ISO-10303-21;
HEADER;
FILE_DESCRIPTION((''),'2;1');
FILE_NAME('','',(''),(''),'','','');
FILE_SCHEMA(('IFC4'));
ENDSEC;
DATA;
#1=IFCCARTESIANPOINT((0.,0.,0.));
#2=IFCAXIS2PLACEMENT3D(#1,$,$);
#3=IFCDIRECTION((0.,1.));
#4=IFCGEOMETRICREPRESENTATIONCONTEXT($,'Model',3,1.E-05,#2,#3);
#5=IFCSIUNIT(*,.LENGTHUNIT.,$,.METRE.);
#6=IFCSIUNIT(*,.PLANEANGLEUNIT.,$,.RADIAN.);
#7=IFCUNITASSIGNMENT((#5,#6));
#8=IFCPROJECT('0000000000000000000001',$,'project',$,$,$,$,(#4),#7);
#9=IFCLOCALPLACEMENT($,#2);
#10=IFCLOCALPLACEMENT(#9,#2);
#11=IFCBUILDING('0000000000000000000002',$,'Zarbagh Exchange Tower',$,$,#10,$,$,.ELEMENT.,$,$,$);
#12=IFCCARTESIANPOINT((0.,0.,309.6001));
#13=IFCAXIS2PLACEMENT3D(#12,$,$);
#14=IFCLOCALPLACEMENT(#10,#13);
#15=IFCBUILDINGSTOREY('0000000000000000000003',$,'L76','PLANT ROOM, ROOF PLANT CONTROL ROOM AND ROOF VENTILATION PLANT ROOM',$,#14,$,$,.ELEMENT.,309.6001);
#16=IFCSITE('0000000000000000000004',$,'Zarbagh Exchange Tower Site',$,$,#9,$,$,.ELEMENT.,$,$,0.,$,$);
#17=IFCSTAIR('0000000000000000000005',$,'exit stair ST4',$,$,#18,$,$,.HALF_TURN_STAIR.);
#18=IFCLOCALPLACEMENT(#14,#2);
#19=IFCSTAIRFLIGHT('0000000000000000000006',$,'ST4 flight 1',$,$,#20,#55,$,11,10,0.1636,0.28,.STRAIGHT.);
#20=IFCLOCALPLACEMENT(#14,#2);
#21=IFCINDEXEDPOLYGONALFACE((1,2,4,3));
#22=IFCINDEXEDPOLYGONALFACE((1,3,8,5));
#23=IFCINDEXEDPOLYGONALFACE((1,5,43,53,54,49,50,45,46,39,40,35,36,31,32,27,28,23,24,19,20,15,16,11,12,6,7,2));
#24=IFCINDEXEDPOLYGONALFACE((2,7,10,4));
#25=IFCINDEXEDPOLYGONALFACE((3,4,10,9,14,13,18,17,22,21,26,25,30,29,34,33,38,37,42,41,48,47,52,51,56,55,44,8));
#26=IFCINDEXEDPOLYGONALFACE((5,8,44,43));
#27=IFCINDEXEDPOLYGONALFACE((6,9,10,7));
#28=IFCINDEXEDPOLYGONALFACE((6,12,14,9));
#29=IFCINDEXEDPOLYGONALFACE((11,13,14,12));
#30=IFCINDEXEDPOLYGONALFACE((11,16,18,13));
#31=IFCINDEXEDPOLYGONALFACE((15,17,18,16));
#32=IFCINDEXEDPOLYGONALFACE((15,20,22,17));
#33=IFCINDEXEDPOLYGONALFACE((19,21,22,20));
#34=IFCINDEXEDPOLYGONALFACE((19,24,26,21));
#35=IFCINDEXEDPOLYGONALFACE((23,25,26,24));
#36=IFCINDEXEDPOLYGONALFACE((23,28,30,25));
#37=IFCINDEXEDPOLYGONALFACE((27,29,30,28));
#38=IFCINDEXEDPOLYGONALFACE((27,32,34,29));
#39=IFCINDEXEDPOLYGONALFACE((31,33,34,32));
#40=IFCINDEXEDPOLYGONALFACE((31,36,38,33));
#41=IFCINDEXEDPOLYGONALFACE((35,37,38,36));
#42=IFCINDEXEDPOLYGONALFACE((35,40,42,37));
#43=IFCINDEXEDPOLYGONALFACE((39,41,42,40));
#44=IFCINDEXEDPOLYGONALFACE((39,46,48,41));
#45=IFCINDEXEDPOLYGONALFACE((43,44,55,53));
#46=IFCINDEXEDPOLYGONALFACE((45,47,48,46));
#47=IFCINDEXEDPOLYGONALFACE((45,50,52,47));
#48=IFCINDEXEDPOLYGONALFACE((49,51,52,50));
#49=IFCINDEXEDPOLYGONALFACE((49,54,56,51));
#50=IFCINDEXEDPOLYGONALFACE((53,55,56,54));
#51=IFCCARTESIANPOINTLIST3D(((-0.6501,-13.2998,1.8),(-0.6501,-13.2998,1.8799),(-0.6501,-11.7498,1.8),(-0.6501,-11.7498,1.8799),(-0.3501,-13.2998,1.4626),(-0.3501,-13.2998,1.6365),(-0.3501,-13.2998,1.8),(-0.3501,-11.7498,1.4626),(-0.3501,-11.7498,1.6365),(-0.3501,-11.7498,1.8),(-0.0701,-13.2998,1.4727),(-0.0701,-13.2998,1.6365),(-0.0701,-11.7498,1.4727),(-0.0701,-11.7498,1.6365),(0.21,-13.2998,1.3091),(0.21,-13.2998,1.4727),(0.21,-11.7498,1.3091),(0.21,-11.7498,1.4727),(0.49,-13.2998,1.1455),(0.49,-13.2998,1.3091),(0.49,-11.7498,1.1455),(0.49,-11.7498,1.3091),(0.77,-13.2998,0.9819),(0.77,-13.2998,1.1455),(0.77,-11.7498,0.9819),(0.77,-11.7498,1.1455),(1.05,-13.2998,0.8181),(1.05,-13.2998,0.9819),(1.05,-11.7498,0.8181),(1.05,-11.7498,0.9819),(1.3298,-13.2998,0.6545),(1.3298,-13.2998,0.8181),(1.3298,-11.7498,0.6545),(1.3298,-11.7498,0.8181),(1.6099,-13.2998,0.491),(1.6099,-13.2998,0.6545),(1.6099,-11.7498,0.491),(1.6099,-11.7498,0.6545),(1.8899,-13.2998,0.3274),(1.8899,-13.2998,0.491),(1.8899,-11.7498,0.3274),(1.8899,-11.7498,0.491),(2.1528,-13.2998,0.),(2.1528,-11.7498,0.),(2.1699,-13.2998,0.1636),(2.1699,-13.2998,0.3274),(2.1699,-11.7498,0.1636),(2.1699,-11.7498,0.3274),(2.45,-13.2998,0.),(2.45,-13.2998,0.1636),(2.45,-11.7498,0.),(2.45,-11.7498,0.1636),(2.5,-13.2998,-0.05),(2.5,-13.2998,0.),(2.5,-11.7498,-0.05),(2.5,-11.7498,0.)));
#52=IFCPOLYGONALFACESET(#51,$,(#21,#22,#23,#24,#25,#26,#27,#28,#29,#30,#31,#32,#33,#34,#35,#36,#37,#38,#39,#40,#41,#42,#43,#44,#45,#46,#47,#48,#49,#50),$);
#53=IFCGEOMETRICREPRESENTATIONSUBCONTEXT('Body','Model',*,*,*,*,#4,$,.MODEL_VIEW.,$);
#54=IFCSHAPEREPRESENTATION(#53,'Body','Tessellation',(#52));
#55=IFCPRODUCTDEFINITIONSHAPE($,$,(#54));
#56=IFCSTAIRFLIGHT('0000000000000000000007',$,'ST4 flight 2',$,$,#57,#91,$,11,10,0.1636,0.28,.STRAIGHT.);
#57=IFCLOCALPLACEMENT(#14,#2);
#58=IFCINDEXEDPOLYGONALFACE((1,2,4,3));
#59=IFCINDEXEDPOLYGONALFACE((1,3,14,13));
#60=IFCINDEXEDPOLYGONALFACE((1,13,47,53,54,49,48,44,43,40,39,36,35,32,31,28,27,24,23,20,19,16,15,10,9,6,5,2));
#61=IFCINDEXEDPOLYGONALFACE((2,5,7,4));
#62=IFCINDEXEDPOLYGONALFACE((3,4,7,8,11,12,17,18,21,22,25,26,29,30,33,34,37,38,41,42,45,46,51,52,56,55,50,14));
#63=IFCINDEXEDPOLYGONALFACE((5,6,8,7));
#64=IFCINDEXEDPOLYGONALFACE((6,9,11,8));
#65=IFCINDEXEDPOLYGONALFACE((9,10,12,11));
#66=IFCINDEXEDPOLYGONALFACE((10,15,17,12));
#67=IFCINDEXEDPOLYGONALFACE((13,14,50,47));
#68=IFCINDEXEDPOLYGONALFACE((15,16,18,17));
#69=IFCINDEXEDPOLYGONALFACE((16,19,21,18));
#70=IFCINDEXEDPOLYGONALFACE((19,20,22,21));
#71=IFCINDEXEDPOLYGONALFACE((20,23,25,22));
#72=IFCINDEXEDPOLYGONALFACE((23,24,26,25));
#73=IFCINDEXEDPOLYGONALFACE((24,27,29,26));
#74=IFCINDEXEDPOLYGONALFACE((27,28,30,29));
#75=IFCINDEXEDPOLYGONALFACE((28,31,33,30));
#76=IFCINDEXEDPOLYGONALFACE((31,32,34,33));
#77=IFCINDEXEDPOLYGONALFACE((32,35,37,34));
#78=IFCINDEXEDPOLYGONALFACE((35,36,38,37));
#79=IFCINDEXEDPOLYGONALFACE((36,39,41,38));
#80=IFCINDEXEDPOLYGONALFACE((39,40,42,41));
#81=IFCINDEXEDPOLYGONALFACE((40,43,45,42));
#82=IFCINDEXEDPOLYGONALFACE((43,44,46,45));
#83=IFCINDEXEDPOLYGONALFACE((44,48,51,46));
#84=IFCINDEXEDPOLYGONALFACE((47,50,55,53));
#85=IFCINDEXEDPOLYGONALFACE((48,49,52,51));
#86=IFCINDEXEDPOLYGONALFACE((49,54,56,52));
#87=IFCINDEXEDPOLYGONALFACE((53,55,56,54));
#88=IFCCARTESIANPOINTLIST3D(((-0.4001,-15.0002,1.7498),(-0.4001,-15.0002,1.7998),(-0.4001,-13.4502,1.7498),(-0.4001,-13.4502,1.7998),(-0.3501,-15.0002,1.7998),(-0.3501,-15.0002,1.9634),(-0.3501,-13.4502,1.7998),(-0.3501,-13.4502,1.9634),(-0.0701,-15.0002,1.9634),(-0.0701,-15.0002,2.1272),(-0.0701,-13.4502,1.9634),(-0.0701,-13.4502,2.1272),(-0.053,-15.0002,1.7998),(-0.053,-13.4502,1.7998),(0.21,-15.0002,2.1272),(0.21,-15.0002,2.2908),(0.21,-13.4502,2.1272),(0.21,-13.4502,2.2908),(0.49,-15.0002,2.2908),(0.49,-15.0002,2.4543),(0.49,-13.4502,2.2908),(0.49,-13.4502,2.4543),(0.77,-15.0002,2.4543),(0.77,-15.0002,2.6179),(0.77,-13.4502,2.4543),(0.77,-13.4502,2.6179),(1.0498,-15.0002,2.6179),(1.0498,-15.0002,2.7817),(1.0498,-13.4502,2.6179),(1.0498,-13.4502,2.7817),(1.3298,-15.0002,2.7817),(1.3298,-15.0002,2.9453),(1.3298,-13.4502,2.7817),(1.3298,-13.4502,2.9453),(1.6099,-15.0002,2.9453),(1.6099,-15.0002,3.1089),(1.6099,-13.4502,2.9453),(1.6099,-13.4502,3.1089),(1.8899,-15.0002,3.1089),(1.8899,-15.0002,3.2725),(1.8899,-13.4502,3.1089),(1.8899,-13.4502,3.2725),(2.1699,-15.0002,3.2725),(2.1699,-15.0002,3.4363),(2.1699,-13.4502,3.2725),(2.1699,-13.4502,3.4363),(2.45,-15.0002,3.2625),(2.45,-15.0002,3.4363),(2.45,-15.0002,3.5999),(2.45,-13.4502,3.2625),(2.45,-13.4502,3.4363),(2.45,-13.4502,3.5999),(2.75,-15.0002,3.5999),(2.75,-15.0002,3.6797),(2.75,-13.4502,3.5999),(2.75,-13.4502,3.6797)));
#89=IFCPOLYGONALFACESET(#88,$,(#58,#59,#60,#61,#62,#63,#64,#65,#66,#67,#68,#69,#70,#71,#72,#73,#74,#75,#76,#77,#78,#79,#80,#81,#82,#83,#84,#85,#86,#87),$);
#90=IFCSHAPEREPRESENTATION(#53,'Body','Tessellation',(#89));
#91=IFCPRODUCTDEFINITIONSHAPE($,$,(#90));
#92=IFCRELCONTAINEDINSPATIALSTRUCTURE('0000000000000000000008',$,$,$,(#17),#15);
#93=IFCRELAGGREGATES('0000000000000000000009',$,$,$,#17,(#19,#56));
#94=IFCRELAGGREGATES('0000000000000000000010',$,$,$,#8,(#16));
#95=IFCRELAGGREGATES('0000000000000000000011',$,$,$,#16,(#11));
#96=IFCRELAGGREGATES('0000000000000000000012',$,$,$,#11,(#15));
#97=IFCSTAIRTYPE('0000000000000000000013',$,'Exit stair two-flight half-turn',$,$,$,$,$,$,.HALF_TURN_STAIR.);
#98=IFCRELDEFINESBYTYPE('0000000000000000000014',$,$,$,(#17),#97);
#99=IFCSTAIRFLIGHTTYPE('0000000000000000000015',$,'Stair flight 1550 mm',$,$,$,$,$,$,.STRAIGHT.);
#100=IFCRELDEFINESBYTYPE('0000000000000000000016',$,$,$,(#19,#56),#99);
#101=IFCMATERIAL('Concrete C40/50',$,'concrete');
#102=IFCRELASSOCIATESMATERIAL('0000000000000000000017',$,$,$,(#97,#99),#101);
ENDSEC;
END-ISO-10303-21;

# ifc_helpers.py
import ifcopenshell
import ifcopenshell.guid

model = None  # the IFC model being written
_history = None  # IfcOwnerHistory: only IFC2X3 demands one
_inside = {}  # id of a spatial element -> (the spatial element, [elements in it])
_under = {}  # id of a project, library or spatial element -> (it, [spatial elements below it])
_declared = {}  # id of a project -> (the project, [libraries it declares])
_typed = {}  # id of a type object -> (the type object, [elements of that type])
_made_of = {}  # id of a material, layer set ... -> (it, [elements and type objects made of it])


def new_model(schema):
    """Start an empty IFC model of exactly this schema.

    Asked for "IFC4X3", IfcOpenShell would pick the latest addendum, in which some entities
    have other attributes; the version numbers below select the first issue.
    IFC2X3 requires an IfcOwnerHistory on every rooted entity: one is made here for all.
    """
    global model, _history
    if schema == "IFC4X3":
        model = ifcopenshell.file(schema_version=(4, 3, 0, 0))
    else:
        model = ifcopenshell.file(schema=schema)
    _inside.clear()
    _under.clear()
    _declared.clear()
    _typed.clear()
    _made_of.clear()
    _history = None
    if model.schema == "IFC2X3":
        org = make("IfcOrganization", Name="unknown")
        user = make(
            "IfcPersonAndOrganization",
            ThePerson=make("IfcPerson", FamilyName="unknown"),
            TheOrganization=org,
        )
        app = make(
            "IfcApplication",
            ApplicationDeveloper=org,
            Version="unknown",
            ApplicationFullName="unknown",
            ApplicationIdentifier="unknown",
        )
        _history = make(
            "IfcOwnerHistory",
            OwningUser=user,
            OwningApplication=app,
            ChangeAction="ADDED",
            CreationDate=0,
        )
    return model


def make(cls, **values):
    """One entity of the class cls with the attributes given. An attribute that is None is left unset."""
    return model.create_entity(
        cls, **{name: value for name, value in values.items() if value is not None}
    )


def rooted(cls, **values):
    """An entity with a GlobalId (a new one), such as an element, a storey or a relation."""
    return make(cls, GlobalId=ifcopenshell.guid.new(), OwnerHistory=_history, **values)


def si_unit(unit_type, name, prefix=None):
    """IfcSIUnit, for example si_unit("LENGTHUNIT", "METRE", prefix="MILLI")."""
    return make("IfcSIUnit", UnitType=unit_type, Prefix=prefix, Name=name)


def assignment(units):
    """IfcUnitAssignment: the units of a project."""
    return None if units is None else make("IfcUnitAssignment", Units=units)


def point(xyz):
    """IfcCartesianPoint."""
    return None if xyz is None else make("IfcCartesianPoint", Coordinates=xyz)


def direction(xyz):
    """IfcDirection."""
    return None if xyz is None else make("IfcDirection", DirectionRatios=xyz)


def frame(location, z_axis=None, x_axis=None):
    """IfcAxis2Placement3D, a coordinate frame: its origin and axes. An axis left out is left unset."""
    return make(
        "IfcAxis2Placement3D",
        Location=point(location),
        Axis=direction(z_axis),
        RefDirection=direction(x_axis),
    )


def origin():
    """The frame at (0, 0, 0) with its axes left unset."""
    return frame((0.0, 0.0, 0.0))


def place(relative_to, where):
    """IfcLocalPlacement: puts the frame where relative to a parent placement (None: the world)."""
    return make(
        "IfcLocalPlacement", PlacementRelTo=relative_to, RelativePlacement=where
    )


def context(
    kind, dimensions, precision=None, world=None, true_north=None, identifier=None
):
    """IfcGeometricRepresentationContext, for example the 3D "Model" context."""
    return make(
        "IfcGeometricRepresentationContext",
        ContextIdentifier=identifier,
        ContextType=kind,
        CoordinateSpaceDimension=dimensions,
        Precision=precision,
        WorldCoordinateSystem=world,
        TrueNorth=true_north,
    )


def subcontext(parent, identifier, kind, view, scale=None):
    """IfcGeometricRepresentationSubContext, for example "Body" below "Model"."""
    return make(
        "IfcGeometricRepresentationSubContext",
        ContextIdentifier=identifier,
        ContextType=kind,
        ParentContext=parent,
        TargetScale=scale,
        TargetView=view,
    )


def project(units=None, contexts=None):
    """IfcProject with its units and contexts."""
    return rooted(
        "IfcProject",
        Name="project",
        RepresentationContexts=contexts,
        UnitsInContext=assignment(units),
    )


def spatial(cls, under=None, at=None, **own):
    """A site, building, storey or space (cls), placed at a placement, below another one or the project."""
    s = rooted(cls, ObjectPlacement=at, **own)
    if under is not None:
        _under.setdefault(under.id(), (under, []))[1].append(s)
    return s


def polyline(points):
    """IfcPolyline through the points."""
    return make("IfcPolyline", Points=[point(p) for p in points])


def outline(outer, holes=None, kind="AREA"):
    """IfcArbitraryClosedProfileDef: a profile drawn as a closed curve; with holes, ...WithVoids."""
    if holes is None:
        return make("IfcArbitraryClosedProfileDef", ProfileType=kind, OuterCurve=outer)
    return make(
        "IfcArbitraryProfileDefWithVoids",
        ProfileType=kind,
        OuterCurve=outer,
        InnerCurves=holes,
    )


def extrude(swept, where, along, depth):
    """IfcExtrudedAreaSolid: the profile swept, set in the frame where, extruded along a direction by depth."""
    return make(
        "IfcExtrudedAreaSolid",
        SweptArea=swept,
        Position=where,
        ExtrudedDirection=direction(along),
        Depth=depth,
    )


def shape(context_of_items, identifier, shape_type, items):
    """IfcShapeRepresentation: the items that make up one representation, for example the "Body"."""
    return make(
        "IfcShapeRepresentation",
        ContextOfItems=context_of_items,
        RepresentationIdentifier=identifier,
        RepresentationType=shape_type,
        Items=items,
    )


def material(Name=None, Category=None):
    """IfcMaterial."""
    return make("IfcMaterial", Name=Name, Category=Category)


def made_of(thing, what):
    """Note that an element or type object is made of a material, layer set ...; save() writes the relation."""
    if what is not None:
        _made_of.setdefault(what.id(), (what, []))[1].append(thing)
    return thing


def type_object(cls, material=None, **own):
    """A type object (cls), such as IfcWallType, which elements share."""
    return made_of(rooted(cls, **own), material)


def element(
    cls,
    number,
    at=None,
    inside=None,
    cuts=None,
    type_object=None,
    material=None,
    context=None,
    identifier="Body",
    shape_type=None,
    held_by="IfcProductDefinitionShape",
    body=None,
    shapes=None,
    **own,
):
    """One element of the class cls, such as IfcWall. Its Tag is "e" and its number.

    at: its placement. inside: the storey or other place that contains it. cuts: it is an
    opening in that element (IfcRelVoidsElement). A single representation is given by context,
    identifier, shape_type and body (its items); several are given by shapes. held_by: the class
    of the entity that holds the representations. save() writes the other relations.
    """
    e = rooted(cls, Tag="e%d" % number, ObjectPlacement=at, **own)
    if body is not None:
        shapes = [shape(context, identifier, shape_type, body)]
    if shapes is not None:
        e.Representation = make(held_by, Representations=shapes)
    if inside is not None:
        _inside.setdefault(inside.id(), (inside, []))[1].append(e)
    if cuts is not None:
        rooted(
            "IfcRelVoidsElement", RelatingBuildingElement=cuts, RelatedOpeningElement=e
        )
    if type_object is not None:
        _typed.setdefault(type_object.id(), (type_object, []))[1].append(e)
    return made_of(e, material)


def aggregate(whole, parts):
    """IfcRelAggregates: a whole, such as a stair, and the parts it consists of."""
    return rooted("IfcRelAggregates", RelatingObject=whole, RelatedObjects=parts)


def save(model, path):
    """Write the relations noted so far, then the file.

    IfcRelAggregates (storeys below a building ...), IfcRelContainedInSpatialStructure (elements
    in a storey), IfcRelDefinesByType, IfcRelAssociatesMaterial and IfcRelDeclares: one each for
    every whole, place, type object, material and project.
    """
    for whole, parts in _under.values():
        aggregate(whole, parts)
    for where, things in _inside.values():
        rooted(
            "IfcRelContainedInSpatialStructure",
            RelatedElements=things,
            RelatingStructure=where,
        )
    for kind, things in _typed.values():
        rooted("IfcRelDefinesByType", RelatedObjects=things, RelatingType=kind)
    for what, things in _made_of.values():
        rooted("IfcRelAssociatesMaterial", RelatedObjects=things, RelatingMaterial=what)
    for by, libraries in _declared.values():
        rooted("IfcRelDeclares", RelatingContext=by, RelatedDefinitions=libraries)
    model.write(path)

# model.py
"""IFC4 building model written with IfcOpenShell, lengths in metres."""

from ifc_helpers import new_model, si_unit, direction, frame, origin, place, context, subcontext, project, spatial, polyline, outline, extrude, material, type_object, element, aggregate, save


model = new_model("IFC4")

# Units and contexts
model_context = context("Model", 3, precision=1e-05, world=origin(), true_north=direction((0.0, 1.0)))
body_context = subcontext(model_context, "Body", "Model", "MODEL_VIEW")
ifc_project = project(units=[si_unit("LENGTHUNIT", "METRE"), si_unit("PLANEANGLEUNIT", "RADIAN")], contexts=[model_context])

# Site, building, storey
site_placement = place(None, origin())
site = spatial("IfcSite", under=ifc_project, at=site_placement, Name="Zarbagh Exchange Tower Site", CompositionType="ELEMENT", RefElevation=0.0)
building_placement = place(site_placement, origin())
building = spatial("IfcBuilding", under=site, at=building_placement, Name="Zarbagh Exchange Tower", CompositionType="ELEMENT")
storey_placement = place(building_placement, frame((0.0, 0.0, 309.6001)))
storey = spatial("IfcBuildingStorey", under=building, at=storey_placement, Name="L76", Description="PLANT ROOM, ROOF PLANT CONTROL ROOM AND ROOF VENTILATION PLANT ROOM", CompositionType="ELEMENT", Elevation=309.6001)

# Shared definitions
ifc_material_1 = material(Name="Concrete C40/50", Category="concrete")

# Stair, stair flights
stair_type = type_object("IfcStairType", Name="Exit stair two-flight half-turn", PredefinedType="HALF_TURN_STAIR", material=ifc_material_1)
stair_placement = place(storey_placement, origin())
stair = element("IfcStair", 1, at=stair_placement, inside=storey, type_object=stair_type, Name="exit stair ST4", PredefinedType="HALF_TURN_STAIR")
stair_flight_type = type_object("IfcStairFlightType", Name="Stair flight 1550 mm", PredefinedType="STRAIGHT", material=ifc_material_1)
stair_flight_1_placement = place(storey_placement, frame((2.45, -12.5249, 0.0), z_axis=(0.0, 0.0, 1.0), x_axis=(-1.0, 0.0, 0.0)))
stair_flight_1 = element("IfcStairFlight", 2, at=stair_flight_1_placement, type_object=stair_flight_type, Name="ST4 flight 1", NumberOfRisers=11, NumberOfTreads=10, PredefinedType="STRAIGHT", RiserHeight=0.1636, TreadLength=0.28, context=body_context, shape_type="SweptSolid", body=[
    extrude(outline(polyline([(-0.05, -0.05), (-0.05, 0.0), (0.0, 0.0), (0.0, 0.1636), (0.28, 0.1636), (0.28, 0.3274), (0.5601, 0.3274), (0.5601, 0.491), (0.8401, 0.491), (0.8401, 0.6545), (1.1201, 0.6545), (1.1201, 0.8181), (1.3999, 0.8181), (1.3999, 0.9819), (1.6799, 0.9819), (1.6799, 1.1455), (1.96, 1.1455), (1.96, 1.3091), (2.24, 1.3091), (2.24, 1.4727), (2.52, 1.4727), (2.52, 1.6365), (2.8, 1.6365), (2.8, 1.8), (3.1001, 1.8799), (3.1001, 1.8), (2.8, 1.4626), (0.2971, 0.0), (-0.05, -0.05)])), frame((0.0, 0.7749, 0.0), z_axis=(0.0, -1.0, 0.0), x_axis=(1.0, 0.0, 0.0)), (0.0, 0.0, 1.0), 1.55),
])
stair_flight_2_placement = place(storey_placement, frame((-0.3501, -14.2251, 1.7998), z_axis=(0.0, 0.0, 1.0), x_axis=(1.0, 0.0, 0.0)))
stair_flight_2 = element("IfcStairFlight", 3, at=stair_flight_2_placement, type_object=stair_flight_type, Name="ST4 flight 2", NumberOfRisers=11, NumberOfTreads=10, PredefinedType="STRAIGHT", RiserHeight=0.1636, TreadLength=0.28, context=body_context, shape_type="SweptSolid", body=[
    extrude(outline(polyline([(-0.05, -0.05), (-0.05, 0.0), (0.0, 0.0), (0.0, 0.1636), (0.28, 0.1636), (0.28, 0.3274), (0.5601, 0.3274), (0.5601, 0.491), (0.8401, 0.491), (0.8401, 0.6545), (1.1201, 0.6545), (1.1201, 0.8181), (1.3999, 0.8181), (1.3999, 0.9819), (1.6799, 0.9819), (1.6799, 1.1455), (1.96, 1.1455), (1.96, 1.3091), (2.24, 1.3091), (2.24, 1.4727), (2.52, 1.4727), (2.52, 1.6365), (2.8, 1.6365), (2.8, 1.8), (3.1001, 1.8799), (3.1001, 1.8), (2.8, 1.4626), (0.2971, 0.0), (-0.05, -0.05)])), frame((0.0, 0.7749, 0.0), z_axis=(0.0, -1.0, 0.0), x_axis=(1.0, 0.0, 0.0)), (0.0, 0.0, 1.0), 1.55),
])
aggregate(stair, [stair_flight_1, stair_flight_2])

save(model, "model.ifc")
